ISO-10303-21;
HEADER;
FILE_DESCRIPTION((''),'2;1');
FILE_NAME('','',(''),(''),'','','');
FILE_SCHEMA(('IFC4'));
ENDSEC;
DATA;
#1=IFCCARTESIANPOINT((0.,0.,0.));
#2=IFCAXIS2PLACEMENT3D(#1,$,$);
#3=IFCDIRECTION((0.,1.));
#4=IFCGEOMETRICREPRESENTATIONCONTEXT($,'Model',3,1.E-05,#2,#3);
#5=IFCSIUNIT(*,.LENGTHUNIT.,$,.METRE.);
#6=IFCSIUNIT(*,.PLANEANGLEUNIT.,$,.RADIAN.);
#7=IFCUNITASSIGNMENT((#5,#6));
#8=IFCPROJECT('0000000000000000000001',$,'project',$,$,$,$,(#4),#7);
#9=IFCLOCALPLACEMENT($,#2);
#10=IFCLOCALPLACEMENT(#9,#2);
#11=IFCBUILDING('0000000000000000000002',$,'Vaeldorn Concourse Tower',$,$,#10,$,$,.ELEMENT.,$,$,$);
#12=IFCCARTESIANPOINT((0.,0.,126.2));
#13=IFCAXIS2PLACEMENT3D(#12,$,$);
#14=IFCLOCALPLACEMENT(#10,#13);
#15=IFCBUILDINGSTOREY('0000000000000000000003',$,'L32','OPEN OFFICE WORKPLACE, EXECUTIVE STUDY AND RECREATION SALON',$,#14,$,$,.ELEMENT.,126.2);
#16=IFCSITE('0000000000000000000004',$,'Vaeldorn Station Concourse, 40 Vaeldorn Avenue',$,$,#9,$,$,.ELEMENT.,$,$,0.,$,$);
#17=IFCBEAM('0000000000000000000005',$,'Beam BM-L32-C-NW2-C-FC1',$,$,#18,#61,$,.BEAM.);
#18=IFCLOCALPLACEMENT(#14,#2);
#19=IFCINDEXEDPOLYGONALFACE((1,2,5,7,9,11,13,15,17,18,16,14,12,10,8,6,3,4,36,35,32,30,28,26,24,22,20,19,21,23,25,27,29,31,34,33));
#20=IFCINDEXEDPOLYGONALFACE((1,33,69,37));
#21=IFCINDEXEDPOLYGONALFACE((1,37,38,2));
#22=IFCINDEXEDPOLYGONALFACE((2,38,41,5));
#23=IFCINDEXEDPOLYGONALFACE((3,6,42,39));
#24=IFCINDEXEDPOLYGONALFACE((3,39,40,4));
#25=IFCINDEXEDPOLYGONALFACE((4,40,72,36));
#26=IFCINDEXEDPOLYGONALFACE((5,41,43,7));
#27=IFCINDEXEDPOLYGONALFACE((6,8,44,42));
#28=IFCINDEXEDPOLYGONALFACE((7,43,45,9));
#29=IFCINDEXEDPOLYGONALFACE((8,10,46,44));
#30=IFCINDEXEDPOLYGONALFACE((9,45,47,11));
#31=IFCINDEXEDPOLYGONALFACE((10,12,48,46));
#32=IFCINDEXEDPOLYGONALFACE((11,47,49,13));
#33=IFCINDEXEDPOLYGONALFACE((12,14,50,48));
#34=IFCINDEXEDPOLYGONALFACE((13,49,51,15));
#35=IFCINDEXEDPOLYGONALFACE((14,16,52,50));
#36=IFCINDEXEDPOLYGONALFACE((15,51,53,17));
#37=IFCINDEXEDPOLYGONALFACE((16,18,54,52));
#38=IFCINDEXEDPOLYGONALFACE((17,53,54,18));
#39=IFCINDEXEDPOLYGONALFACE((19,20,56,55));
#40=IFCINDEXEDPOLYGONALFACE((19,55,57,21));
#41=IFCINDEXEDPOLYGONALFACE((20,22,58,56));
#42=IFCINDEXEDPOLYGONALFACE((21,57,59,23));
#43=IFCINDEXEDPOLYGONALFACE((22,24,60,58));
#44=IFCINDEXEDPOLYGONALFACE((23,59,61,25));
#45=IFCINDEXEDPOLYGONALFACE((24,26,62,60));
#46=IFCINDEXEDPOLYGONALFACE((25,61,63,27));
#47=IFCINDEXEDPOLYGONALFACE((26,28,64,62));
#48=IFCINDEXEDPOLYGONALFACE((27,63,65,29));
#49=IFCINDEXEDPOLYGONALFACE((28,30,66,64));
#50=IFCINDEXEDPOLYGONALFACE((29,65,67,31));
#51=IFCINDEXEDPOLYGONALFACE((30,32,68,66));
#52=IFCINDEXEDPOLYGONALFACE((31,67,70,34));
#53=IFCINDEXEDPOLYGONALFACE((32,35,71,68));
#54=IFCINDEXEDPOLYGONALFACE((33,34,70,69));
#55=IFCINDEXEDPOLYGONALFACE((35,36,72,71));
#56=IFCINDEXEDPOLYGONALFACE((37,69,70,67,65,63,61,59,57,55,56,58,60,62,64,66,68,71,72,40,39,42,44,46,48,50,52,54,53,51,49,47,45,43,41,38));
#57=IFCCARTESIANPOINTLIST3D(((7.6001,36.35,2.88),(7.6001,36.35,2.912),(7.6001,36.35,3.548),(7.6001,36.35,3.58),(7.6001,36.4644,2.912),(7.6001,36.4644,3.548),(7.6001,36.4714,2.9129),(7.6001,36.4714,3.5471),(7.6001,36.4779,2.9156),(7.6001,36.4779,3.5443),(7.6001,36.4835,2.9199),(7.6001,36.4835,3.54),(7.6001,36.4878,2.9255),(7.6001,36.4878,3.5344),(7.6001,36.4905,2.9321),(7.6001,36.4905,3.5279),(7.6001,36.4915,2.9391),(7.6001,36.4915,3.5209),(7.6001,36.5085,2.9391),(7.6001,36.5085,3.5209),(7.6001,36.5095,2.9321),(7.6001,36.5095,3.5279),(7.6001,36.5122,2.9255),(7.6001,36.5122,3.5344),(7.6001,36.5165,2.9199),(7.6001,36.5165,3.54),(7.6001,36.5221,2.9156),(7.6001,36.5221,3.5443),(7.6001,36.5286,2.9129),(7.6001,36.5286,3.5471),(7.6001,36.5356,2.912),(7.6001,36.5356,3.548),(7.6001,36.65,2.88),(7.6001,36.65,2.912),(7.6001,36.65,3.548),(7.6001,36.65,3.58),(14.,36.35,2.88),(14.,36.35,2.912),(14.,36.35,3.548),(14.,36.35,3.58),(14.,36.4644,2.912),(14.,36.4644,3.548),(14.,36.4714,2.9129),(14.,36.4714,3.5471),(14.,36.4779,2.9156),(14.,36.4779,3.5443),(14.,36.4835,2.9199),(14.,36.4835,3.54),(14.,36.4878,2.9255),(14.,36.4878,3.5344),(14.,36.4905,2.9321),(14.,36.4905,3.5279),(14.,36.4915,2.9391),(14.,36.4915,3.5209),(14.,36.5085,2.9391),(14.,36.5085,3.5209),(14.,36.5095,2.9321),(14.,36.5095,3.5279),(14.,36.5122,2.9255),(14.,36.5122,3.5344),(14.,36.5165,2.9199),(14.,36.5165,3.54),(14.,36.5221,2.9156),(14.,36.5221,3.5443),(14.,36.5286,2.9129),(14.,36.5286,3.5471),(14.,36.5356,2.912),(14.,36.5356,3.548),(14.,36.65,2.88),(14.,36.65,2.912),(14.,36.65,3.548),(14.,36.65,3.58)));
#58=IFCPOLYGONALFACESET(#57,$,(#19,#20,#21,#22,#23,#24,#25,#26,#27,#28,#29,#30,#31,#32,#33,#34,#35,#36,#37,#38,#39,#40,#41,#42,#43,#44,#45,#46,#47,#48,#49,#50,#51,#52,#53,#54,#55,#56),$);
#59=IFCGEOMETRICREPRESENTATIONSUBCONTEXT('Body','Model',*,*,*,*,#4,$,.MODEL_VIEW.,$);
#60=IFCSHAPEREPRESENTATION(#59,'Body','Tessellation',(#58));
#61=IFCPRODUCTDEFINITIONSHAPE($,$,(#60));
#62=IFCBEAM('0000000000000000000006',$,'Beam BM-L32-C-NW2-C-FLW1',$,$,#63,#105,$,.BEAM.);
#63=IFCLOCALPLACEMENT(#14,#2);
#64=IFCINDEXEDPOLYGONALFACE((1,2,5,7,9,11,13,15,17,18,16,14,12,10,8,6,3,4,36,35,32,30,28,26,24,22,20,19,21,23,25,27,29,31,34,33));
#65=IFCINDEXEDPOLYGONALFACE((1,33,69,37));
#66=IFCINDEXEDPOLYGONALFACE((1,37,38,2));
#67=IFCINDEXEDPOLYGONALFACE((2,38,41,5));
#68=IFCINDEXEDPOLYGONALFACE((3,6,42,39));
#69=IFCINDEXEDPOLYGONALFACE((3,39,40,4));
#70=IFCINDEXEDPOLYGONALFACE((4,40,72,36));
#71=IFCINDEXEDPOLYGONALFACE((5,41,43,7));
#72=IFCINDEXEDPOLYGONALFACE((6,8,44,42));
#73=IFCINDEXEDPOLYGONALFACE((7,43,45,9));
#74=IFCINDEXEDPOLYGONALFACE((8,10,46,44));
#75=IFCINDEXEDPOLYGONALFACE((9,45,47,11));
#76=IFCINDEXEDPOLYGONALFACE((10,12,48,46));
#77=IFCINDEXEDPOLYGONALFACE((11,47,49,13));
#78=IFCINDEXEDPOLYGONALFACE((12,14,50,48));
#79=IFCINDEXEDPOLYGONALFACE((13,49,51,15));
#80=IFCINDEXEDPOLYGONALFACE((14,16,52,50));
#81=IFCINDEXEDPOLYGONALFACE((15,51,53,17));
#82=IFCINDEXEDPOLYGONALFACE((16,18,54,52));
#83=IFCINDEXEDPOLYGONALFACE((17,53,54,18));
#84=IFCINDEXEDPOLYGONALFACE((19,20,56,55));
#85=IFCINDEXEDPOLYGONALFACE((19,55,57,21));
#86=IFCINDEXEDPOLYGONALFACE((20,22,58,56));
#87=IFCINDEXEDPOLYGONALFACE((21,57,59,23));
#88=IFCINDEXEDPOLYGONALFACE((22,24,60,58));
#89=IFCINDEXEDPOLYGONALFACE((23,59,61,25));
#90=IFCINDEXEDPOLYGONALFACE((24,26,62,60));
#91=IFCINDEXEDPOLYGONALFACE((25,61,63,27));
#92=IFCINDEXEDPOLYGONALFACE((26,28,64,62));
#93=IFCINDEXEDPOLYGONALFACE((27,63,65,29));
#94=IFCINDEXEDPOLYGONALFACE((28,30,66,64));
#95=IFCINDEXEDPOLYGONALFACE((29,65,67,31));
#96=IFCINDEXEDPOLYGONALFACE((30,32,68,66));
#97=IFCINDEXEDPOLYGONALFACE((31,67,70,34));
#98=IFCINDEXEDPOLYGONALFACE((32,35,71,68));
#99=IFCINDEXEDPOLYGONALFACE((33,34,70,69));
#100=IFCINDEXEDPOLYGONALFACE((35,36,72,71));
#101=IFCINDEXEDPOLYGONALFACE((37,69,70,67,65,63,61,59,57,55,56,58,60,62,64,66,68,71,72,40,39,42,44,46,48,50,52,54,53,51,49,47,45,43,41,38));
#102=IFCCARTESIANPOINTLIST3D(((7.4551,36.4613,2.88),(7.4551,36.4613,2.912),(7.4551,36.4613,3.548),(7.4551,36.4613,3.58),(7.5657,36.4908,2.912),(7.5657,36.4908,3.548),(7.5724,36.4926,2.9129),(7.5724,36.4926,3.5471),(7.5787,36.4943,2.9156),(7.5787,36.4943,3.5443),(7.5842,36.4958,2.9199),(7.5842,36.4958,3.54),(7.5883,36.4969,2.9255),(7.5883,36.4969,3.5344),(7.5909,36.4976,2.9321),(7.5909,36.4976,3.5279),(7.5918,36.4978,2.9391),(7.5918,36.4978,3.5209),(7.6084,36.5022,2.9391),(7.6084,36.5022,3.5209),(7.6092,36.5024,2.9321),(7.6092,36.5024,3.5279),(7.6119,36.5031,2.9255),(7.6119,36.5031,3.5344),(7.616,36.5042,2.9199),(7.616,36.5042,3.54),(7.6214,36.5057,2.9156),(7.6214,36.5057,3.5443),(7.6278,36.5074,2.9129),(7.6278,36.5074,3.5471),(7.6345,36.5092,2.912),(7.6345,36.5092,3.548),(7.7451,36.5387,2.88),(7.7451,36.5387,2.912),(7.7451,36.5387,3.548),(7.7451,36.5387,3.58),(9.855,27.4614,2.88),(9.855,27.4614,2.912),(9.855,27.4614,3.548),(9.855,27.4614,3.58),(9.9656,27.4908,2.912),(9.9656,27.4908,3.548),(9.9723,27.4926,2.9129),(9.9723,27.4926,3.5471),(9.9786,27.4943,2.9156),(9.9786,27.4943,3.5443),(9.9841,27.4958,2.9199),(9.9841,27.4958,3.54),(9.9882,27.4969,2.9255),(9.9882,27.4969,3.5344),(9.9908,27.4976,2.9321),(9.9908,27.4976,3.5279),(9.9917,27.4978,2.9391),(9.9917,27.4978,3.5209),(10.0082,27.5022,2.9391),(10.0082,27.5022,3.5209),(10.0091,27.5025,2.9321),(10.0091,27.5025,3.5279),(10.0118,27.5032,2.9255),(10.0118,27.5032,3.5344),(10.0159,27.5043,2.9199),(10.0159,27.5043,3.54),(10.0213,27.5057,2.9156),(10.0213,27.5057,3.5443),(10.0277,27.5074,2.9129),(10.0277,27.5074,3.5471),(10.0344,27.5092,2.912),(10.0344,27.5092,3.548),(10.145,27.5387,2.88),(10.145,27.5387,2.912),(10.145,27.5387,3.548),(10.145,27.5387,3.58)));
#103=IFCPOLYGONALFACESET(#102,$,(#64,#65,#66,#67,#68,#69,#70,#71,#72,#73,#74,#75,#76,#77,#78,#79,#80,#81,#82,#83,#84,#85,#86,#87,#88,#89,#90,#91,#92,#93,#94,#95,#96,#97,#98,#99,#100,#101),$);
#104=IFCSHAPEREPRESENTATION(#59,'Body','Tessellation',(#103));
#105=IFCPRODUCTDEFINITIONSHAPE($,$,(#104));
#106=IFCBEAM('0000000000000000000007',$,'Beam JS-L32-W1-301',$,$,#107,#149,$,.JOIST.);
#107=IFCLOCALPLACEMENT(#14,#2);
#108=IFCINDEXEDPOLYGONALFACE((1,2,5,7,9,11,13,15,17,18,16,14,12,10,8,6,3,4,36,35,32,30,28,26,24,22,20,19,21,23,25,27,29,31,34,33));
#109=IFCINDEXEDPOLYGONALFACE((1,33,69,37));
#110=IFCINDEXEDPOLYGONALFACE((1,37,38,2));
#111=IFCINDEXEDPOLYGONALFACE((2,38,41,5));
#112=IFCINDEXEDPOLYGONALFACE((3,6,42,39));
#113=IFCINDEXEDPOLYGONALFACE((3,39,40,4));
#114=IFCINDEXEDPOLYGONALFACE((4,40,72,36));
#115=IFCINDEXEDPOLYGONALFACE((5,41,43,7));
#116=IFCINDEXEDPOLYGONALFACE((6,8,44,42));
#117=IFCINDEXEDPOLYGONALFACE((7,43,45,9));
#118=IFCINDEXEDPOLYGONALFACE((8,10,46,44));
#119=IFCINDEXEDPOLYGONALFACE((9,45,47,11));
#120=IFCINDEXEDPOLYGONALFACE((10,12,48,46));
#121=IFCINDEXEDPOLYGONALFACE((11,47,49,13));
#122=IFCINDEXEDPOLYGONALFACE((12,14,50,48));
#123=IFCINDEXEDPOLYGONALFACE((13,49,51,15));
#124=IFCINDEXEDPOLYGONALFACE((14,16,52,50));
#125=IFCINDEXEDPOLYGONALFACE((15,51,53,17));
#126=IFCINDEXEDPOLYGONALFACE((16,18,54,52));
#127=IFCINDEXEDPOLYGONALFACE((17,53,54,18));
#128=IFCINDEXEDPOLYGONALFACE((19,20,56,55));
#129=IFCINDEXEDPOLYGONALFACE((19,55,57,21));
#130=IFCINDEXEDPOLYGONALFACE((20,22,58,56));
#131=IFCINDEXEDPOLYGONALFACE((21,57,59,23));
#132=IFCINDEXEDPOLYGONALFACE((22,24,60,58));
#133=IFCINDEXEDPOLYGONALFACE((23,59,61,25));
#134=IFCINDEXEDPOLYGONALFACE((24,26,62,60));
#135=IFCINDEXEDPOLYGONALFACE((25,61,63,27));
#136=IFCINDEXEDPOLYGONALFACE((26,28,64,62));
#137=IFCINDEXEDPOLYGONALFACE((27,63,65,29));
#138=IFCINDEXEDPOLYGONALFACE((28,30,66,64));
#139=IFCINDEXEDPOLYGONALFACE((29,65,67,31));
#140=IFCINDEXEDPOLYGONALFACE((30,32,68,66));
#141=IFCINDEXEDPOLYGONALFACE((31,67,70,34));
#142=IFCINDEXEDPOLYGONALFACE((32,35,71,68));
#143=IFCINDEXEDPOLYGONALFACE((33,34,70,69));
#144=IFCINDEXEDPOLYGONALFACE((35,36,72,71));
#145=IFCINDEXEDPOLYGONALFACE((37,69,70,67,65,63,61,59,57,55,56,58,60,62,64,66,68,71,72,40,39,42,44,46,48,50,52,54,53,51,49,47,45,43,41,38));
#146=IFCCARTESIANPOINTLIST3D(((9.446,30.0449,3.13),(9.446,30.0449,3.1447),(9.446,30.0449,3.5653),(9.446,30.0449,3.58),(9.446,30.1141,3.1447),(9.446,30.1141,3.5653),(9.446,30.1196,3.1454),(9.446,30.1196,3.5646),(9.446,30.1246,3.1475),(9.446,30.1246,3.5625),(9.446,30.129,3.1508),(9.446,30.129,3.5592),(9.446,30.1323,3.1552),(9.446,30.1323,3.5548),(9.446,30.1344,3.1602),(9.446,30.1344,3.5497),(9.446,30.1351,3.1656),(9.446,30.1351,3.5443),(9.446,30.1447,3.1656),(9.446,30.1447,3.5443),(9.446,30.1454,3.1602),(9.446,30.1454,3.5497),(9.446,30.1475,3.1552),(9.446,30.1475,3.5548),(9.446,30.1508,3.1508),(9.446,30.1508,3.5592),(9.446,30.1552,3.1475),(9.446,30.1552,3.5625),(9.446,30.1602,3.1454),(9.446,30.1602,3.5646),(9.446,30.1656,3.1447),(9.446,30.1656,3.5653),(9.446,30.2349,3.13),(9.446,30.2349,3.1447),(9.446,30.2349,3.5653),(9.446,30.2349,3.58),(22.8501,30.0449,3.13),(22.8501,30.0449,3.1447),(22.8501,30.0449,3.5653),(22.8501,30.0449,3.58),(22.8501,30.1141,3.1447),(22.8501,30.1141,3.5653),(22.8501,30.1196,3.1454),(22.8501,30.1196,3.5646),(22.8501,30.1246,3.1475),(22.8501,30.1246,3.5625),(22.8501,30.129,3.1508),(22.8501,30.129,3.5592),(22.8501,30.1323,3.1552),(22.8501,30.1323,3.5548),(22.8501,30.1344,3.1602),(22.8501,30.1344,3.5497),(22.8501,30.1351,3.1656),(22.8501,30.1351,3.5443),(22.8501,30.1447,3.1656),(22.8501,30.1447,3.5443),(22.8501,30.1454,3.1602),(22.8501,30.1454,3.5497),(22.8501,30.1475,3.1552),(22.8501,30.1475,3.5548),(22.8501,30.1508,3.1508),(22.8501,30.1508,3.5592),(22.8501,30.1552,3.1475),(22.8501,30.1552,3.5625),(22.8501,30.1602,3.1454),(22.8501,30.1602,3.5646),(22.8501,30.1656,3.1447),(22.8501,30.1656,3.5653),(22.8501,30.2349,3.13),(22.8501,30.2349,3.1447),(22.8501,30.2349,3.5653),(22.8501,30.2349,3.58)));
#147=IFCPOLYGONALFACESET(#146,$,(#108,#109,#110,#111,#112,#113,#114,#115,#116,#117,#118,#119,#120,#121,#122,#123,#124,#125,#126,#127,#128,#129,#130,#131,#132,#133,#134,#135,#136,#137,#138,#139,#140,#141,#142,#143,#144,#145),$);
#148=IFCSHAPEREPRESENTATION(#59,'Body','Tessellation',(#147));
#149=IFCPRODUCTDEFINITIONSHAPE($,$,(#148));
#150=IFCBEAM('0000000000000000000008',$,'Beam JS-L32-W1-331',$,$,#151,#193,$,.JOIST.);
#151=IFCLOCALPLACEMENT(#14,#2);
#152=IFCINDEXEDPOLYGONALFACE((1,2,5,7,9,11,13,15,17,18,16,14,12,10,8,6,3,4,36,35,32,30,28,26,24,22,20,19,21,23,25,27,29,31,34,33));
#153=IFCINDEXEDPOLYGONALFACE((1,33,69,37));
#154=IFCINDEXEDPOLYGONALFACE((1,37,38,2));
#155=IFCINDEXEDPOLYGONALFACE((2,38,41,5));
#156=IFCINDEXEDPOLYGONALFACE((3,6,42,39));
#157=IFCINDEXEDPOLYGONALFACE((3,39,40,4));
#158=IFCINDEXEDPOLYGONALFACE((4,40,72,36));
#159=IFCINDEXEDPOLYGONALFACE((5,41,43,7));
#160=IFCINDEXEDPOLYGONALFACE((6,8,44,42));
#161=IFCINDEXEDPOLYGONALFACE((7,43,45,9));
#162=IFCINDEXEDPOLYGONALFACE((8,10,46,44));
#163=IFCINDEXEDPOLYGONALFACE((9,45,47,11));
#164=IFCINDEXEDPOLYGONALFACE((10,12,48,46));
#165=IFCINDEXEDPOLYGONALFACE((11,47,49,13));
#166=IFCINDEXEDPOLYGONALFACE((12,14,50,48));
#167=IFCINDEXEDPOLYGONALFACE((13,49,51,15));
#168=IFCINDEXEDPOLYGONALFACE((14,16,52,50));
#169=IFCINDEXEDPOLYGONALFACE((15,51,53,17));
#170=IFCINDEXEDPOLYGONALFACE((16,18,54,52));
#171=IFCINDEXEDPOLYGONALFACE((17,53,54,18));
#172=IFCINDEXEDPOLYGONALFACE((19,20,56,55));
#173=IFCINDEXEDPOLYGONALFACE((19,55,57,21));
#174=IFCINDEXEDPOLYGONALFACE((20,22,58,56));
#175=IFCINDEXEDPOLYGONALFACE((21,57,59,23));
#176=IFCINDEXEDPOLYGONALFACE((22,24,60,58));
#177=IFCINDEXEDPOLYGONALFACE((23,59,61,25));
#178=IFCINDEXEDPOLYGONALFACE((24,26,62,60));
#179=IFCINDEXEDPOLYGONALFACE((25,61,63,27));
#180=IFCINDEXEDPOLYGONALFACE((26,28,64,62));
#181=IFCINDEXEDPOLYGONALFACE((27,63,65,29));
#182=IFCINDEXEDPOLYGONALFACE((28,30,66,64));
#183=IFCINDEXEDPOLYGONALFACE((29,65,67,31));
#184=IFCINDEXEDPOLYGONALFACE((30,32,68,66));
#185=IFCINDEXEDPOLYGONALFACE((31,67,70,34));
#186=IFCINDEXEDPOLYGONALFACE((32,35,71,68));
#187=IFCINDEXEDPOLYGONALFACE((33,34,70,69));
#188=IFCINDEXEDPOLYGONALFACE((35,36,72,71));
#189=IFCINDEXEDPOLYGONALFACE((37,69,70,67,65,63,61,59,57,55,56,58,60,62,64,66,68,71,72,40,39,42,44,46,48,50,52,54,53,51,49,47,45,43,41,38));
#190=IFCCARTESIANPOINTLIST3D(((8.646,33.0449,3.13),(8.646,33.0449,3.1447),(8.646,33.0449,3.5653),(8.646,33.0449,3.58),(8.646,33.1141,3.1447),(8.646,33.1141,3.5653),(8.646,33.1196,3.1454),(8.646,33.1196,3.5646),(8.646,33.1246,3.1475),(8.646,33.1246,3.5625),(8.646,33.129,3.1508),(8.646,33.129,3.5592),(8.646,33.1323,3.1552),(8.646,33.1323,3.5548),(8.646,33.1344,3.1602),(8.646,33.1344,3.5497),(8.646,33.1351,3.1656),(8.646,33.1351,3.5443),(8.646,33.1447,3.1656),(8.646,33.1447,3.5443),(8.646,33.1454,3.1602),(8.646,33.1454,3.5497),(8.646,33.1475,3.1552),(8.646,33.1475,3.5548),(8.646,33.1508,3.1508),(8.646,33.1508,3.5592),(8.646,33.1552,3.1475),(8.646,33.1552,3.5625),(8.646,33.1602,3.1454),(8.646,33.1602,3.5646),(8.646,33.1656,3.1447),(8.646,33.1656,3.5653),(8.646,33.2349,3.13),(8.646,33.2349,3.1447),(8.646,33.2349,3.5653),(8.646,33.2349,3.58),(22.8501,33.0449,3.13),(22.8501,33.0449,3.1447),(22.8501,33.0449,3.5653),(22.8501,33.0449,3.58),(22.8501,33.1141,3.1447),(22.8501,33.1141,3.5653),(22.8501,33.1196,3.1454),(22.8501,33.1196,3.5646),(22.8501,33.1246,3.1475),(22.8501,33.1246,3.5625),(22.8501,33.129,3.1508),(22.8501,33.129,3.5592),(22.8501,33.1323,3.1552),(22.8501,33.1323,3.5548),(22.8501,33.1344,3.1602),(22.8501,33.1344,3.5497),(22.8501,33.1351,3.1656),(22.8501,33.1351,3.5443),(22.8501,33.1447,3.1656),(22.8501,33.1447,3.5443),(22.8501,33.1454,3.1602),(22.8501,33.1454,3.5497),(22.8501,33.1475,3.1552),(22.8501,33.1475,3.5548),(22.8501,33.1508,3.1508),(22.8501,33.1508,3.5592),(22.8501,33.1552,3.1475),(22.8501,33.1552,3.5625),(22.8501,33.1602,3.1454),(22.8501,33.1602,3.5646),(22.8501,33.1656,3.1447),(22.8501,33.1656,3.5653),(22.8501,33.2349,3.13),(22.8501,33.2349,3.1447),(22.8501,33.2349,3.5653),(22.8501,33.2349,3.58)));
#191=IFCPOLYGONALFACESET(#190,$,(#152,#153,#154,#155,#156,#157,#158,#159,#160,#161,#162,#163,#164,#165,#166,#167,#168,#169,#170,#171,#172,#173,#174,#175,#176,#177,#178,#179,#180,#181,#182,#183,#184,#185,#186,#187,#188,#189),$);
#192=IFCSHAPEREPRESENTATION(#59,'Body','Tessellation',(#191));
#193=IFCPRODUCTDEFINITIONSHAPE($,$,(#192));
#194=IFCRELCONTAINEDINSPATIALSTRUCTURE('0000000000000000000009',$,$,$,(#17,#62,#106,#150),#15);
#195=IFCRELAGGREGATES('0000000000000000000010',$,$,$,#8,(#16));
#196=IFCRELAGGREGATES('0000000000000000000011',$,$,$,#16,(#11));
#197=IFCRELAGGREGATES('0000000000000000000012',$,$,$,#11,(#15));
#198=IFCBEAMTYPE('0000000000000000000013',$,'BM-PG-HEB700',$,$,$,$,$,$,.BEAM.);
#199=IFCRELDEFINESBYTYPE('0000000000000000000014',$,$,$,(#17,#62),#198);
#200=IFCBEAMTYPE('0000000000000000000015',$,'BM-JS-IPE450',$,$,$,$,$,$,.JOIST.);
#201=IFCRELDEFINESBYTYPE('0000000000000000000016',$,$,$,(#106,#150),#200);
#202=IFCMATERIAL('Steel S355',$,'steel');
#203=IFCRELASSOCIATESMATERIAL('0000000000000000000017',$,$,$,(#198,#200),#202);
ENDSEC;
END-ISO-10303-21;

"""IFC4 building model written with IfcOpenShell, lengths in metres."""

from ifc_helpers import new_model, si_unit, direction, frame, origin, origin_2d, place, context, subcontext, project, spatial, i_section, extrude, source, transform, mapped, material, material_profile, profile_set, type_object, element, save


model = new_model("IFC4")

# Units and contexts
model_context = context("Model", 3, precision=1e-05, world=origin(), true_north=direction((0.0, 1.0)))
body_context = subcontext(model_context, "Body", "Model", "MODEL_VIEW")
ifc_project = project(units=[si_unit("LENGTHUNIT", "METRE"), si_unit("PLANEANGLEUNIT", "RADIAN")], contexts=[model_context])

# Site, building, storey
site_placement = place(None, origin())
site = spatial("IfcSite", under=ifc_project, at=site_placement, Name="Vaeldorn Station Concourse, 40 Vaeldorn Avenue", CompositionType="ELEMENT", RefElevation=0.0)
building_placement = place(site_placement, origin())
building = spatial("IfcBuilding", under=site, at=building_placement, Name="Vaeldorn Concourse Tower", CompositionType="ELEMENT")
storey_placement = place(building_placement, frame((0.0, 0.0, 126.2)))
storey = spatial("IfcBuildingStorey", under=building, at=storey_placement, Name="L32", Description="OPEN OFFICE WORKPLACE, EXECUTIVE STUDY AND RECREATION SALON", CompositionType="ELEMENT", Elevation=126.2)

# Beams
ifc_material_1 = material(Name="Steel S355", Category="steel")
ifc_material_profile_1 = material_profile(ifc_material_1, i_section(OverallWidth=0.3, OverallDepth=0.7, WebThickness=0.0171, FlangeThickness=0.032, FilletRadius=0.0271, at=origin_2d()), Name="HEB 700")
ifc_profile_set_1 = profile_set([ifc_material_profile_1], Name="Steel S355")
beam_type_1 = type_object("IfcBeamType", Name="BM-PG-HEB700", PredefinedType="BEAM", material=ifc_profile_set_1)
shared_shape_1 = source(origin(), body_context, "Body", "SweptSolid", [
    extrude(i_section(OverallWidth=0.3, OverallDepth=0.7, WebThickness=0.0171, FlangeThickness=0.032, FilletRadius=0.0271, at=origin_2d()), origin(), (0.0, 0.0, 1.0), 6.3999),
])
beam_1_placement = place(storey_placement, frame((7.6001, 36.5, 3.23), z_axis=(1.0, 0.0, 0.0), x_axis=(0.0, 1.0, 0.0)))
element("IfcBeam", 1, at=beam_1_placement, inside=storey, type_object=beam_type_1, Name="Beam BM-L32-C-NW2-C-FC1", PredefinedType="BEAM", context=body_context, shape_type="MappedRepresentation", body=[
    mapped(shared_shape_1, transform((0.0, 0.0, 0.0), scale=1.0)),
])
shared_shape_2 = source(origin(), body_context, "Body", "SweptSolid", [
    extrude(i_section(OverallWidth=0.3, OverallDepth=0.7, WebThickness=0.0171, FlangeThickness=0.032, FilletRadius=0.0271, at=origin_2d()), origin(), (0.0, 0.0, 1.0), 9.3145),
])
beam_2_placement = place(storey_placement, frame((7.6001, 36.5, 3.23), z_axis=(0.257653, -0.966238, 0.0), x_axis=(0.966238, 0.257653, 0.0)))
element("IfcBeam", 2, at=beam_2_placement, inside=storey, type_object=beam_type_1, Name="Beam BM-L32-C-NW2-C-FLW1", PredefinedType="BEAM", context=body_context, shape_type="MappedRepresentation", body=[
    mapped(shared_shape_2, transform((0.0, 0.0, 0.0), scale=1.0)),
])
ifc_material_profile_2 = material_profile(ifc_material_1, i_section(OverallWidth=0.1899, OverallDepth=0.45, WebThickness=0.0095, FlangeThickness=0.0146, FilletRadius=0.021, at=origin_2d()), Name="IPE 450")
ifc_profile_set_2 = profile_set([ifc_material_profile_2], Name="Steel S355")
beam_type_2 = type_object("IfcBeamType", Name="BM-JS-IPE450", PredefinedType="JOIST", material=ifc_profile_set_2)
shared_shape_3 = source(origin(), body_context, "Body", "SweptSolid", [
    extrude(i_section(OverallWidth=0.1899, OverallDepth=0.45, WebThickness=0.0095, FlangeThickness=0.0146, FilletRadius=0.021, at=origin_2d()), origin(), (0.0, 0.0, 1.0), 13.4041),
])
beam_3_placement = place(storey_placement, frame((9.446, 30.1399, 3.355), z_axis=(1.0, 0.0, 0.0), x_axis=(0.0, 1.0, 0.0)))
element("IfcBeam", 3, at=beam_3_placement, inside=storey, type_object=beam_type_2, Name="Beam JS-L32-W1-301", PredefinedType="JOIST", context=body_context, shape_type="MappedRepresentation", body=[
    mapped(shared_shape_3, transform((0.0, 0.0, 0.0), scale=1.0)),
])
shared_shape_4 = source(origin(), body_context, "Body", "SweptSolid", [
    extrude(i_section(OverallWidth=0.1899, OverallDepth=0.45, WebThickness=0.0095, FlangeThickness=0.0146, FilletRadius=0.021, at=origin_2d()), origin(), (0.0, 0.0, 1.0), 14.2041),
])
beam_4_placement = place(storey_placement, frame((8.646, 33.1399, 3.355), z_axis=(1.0, 0.0, 0.0), x_axis=(0.0, 1.0, 0.0)))
element("IfcBeam", 4, at=beam_4_placement, inside=storey, type_object=beam_type_2, Name="Beam JS-L32-W1-331", PredefinedType="JOIST", context=body_context, shape_type="MappedRepresentation", body=[
    mapped(shared_shape_4, transform((0.0, 0.0, 0.0), scale=1.0)),
])

save(model, "model.ifc")
